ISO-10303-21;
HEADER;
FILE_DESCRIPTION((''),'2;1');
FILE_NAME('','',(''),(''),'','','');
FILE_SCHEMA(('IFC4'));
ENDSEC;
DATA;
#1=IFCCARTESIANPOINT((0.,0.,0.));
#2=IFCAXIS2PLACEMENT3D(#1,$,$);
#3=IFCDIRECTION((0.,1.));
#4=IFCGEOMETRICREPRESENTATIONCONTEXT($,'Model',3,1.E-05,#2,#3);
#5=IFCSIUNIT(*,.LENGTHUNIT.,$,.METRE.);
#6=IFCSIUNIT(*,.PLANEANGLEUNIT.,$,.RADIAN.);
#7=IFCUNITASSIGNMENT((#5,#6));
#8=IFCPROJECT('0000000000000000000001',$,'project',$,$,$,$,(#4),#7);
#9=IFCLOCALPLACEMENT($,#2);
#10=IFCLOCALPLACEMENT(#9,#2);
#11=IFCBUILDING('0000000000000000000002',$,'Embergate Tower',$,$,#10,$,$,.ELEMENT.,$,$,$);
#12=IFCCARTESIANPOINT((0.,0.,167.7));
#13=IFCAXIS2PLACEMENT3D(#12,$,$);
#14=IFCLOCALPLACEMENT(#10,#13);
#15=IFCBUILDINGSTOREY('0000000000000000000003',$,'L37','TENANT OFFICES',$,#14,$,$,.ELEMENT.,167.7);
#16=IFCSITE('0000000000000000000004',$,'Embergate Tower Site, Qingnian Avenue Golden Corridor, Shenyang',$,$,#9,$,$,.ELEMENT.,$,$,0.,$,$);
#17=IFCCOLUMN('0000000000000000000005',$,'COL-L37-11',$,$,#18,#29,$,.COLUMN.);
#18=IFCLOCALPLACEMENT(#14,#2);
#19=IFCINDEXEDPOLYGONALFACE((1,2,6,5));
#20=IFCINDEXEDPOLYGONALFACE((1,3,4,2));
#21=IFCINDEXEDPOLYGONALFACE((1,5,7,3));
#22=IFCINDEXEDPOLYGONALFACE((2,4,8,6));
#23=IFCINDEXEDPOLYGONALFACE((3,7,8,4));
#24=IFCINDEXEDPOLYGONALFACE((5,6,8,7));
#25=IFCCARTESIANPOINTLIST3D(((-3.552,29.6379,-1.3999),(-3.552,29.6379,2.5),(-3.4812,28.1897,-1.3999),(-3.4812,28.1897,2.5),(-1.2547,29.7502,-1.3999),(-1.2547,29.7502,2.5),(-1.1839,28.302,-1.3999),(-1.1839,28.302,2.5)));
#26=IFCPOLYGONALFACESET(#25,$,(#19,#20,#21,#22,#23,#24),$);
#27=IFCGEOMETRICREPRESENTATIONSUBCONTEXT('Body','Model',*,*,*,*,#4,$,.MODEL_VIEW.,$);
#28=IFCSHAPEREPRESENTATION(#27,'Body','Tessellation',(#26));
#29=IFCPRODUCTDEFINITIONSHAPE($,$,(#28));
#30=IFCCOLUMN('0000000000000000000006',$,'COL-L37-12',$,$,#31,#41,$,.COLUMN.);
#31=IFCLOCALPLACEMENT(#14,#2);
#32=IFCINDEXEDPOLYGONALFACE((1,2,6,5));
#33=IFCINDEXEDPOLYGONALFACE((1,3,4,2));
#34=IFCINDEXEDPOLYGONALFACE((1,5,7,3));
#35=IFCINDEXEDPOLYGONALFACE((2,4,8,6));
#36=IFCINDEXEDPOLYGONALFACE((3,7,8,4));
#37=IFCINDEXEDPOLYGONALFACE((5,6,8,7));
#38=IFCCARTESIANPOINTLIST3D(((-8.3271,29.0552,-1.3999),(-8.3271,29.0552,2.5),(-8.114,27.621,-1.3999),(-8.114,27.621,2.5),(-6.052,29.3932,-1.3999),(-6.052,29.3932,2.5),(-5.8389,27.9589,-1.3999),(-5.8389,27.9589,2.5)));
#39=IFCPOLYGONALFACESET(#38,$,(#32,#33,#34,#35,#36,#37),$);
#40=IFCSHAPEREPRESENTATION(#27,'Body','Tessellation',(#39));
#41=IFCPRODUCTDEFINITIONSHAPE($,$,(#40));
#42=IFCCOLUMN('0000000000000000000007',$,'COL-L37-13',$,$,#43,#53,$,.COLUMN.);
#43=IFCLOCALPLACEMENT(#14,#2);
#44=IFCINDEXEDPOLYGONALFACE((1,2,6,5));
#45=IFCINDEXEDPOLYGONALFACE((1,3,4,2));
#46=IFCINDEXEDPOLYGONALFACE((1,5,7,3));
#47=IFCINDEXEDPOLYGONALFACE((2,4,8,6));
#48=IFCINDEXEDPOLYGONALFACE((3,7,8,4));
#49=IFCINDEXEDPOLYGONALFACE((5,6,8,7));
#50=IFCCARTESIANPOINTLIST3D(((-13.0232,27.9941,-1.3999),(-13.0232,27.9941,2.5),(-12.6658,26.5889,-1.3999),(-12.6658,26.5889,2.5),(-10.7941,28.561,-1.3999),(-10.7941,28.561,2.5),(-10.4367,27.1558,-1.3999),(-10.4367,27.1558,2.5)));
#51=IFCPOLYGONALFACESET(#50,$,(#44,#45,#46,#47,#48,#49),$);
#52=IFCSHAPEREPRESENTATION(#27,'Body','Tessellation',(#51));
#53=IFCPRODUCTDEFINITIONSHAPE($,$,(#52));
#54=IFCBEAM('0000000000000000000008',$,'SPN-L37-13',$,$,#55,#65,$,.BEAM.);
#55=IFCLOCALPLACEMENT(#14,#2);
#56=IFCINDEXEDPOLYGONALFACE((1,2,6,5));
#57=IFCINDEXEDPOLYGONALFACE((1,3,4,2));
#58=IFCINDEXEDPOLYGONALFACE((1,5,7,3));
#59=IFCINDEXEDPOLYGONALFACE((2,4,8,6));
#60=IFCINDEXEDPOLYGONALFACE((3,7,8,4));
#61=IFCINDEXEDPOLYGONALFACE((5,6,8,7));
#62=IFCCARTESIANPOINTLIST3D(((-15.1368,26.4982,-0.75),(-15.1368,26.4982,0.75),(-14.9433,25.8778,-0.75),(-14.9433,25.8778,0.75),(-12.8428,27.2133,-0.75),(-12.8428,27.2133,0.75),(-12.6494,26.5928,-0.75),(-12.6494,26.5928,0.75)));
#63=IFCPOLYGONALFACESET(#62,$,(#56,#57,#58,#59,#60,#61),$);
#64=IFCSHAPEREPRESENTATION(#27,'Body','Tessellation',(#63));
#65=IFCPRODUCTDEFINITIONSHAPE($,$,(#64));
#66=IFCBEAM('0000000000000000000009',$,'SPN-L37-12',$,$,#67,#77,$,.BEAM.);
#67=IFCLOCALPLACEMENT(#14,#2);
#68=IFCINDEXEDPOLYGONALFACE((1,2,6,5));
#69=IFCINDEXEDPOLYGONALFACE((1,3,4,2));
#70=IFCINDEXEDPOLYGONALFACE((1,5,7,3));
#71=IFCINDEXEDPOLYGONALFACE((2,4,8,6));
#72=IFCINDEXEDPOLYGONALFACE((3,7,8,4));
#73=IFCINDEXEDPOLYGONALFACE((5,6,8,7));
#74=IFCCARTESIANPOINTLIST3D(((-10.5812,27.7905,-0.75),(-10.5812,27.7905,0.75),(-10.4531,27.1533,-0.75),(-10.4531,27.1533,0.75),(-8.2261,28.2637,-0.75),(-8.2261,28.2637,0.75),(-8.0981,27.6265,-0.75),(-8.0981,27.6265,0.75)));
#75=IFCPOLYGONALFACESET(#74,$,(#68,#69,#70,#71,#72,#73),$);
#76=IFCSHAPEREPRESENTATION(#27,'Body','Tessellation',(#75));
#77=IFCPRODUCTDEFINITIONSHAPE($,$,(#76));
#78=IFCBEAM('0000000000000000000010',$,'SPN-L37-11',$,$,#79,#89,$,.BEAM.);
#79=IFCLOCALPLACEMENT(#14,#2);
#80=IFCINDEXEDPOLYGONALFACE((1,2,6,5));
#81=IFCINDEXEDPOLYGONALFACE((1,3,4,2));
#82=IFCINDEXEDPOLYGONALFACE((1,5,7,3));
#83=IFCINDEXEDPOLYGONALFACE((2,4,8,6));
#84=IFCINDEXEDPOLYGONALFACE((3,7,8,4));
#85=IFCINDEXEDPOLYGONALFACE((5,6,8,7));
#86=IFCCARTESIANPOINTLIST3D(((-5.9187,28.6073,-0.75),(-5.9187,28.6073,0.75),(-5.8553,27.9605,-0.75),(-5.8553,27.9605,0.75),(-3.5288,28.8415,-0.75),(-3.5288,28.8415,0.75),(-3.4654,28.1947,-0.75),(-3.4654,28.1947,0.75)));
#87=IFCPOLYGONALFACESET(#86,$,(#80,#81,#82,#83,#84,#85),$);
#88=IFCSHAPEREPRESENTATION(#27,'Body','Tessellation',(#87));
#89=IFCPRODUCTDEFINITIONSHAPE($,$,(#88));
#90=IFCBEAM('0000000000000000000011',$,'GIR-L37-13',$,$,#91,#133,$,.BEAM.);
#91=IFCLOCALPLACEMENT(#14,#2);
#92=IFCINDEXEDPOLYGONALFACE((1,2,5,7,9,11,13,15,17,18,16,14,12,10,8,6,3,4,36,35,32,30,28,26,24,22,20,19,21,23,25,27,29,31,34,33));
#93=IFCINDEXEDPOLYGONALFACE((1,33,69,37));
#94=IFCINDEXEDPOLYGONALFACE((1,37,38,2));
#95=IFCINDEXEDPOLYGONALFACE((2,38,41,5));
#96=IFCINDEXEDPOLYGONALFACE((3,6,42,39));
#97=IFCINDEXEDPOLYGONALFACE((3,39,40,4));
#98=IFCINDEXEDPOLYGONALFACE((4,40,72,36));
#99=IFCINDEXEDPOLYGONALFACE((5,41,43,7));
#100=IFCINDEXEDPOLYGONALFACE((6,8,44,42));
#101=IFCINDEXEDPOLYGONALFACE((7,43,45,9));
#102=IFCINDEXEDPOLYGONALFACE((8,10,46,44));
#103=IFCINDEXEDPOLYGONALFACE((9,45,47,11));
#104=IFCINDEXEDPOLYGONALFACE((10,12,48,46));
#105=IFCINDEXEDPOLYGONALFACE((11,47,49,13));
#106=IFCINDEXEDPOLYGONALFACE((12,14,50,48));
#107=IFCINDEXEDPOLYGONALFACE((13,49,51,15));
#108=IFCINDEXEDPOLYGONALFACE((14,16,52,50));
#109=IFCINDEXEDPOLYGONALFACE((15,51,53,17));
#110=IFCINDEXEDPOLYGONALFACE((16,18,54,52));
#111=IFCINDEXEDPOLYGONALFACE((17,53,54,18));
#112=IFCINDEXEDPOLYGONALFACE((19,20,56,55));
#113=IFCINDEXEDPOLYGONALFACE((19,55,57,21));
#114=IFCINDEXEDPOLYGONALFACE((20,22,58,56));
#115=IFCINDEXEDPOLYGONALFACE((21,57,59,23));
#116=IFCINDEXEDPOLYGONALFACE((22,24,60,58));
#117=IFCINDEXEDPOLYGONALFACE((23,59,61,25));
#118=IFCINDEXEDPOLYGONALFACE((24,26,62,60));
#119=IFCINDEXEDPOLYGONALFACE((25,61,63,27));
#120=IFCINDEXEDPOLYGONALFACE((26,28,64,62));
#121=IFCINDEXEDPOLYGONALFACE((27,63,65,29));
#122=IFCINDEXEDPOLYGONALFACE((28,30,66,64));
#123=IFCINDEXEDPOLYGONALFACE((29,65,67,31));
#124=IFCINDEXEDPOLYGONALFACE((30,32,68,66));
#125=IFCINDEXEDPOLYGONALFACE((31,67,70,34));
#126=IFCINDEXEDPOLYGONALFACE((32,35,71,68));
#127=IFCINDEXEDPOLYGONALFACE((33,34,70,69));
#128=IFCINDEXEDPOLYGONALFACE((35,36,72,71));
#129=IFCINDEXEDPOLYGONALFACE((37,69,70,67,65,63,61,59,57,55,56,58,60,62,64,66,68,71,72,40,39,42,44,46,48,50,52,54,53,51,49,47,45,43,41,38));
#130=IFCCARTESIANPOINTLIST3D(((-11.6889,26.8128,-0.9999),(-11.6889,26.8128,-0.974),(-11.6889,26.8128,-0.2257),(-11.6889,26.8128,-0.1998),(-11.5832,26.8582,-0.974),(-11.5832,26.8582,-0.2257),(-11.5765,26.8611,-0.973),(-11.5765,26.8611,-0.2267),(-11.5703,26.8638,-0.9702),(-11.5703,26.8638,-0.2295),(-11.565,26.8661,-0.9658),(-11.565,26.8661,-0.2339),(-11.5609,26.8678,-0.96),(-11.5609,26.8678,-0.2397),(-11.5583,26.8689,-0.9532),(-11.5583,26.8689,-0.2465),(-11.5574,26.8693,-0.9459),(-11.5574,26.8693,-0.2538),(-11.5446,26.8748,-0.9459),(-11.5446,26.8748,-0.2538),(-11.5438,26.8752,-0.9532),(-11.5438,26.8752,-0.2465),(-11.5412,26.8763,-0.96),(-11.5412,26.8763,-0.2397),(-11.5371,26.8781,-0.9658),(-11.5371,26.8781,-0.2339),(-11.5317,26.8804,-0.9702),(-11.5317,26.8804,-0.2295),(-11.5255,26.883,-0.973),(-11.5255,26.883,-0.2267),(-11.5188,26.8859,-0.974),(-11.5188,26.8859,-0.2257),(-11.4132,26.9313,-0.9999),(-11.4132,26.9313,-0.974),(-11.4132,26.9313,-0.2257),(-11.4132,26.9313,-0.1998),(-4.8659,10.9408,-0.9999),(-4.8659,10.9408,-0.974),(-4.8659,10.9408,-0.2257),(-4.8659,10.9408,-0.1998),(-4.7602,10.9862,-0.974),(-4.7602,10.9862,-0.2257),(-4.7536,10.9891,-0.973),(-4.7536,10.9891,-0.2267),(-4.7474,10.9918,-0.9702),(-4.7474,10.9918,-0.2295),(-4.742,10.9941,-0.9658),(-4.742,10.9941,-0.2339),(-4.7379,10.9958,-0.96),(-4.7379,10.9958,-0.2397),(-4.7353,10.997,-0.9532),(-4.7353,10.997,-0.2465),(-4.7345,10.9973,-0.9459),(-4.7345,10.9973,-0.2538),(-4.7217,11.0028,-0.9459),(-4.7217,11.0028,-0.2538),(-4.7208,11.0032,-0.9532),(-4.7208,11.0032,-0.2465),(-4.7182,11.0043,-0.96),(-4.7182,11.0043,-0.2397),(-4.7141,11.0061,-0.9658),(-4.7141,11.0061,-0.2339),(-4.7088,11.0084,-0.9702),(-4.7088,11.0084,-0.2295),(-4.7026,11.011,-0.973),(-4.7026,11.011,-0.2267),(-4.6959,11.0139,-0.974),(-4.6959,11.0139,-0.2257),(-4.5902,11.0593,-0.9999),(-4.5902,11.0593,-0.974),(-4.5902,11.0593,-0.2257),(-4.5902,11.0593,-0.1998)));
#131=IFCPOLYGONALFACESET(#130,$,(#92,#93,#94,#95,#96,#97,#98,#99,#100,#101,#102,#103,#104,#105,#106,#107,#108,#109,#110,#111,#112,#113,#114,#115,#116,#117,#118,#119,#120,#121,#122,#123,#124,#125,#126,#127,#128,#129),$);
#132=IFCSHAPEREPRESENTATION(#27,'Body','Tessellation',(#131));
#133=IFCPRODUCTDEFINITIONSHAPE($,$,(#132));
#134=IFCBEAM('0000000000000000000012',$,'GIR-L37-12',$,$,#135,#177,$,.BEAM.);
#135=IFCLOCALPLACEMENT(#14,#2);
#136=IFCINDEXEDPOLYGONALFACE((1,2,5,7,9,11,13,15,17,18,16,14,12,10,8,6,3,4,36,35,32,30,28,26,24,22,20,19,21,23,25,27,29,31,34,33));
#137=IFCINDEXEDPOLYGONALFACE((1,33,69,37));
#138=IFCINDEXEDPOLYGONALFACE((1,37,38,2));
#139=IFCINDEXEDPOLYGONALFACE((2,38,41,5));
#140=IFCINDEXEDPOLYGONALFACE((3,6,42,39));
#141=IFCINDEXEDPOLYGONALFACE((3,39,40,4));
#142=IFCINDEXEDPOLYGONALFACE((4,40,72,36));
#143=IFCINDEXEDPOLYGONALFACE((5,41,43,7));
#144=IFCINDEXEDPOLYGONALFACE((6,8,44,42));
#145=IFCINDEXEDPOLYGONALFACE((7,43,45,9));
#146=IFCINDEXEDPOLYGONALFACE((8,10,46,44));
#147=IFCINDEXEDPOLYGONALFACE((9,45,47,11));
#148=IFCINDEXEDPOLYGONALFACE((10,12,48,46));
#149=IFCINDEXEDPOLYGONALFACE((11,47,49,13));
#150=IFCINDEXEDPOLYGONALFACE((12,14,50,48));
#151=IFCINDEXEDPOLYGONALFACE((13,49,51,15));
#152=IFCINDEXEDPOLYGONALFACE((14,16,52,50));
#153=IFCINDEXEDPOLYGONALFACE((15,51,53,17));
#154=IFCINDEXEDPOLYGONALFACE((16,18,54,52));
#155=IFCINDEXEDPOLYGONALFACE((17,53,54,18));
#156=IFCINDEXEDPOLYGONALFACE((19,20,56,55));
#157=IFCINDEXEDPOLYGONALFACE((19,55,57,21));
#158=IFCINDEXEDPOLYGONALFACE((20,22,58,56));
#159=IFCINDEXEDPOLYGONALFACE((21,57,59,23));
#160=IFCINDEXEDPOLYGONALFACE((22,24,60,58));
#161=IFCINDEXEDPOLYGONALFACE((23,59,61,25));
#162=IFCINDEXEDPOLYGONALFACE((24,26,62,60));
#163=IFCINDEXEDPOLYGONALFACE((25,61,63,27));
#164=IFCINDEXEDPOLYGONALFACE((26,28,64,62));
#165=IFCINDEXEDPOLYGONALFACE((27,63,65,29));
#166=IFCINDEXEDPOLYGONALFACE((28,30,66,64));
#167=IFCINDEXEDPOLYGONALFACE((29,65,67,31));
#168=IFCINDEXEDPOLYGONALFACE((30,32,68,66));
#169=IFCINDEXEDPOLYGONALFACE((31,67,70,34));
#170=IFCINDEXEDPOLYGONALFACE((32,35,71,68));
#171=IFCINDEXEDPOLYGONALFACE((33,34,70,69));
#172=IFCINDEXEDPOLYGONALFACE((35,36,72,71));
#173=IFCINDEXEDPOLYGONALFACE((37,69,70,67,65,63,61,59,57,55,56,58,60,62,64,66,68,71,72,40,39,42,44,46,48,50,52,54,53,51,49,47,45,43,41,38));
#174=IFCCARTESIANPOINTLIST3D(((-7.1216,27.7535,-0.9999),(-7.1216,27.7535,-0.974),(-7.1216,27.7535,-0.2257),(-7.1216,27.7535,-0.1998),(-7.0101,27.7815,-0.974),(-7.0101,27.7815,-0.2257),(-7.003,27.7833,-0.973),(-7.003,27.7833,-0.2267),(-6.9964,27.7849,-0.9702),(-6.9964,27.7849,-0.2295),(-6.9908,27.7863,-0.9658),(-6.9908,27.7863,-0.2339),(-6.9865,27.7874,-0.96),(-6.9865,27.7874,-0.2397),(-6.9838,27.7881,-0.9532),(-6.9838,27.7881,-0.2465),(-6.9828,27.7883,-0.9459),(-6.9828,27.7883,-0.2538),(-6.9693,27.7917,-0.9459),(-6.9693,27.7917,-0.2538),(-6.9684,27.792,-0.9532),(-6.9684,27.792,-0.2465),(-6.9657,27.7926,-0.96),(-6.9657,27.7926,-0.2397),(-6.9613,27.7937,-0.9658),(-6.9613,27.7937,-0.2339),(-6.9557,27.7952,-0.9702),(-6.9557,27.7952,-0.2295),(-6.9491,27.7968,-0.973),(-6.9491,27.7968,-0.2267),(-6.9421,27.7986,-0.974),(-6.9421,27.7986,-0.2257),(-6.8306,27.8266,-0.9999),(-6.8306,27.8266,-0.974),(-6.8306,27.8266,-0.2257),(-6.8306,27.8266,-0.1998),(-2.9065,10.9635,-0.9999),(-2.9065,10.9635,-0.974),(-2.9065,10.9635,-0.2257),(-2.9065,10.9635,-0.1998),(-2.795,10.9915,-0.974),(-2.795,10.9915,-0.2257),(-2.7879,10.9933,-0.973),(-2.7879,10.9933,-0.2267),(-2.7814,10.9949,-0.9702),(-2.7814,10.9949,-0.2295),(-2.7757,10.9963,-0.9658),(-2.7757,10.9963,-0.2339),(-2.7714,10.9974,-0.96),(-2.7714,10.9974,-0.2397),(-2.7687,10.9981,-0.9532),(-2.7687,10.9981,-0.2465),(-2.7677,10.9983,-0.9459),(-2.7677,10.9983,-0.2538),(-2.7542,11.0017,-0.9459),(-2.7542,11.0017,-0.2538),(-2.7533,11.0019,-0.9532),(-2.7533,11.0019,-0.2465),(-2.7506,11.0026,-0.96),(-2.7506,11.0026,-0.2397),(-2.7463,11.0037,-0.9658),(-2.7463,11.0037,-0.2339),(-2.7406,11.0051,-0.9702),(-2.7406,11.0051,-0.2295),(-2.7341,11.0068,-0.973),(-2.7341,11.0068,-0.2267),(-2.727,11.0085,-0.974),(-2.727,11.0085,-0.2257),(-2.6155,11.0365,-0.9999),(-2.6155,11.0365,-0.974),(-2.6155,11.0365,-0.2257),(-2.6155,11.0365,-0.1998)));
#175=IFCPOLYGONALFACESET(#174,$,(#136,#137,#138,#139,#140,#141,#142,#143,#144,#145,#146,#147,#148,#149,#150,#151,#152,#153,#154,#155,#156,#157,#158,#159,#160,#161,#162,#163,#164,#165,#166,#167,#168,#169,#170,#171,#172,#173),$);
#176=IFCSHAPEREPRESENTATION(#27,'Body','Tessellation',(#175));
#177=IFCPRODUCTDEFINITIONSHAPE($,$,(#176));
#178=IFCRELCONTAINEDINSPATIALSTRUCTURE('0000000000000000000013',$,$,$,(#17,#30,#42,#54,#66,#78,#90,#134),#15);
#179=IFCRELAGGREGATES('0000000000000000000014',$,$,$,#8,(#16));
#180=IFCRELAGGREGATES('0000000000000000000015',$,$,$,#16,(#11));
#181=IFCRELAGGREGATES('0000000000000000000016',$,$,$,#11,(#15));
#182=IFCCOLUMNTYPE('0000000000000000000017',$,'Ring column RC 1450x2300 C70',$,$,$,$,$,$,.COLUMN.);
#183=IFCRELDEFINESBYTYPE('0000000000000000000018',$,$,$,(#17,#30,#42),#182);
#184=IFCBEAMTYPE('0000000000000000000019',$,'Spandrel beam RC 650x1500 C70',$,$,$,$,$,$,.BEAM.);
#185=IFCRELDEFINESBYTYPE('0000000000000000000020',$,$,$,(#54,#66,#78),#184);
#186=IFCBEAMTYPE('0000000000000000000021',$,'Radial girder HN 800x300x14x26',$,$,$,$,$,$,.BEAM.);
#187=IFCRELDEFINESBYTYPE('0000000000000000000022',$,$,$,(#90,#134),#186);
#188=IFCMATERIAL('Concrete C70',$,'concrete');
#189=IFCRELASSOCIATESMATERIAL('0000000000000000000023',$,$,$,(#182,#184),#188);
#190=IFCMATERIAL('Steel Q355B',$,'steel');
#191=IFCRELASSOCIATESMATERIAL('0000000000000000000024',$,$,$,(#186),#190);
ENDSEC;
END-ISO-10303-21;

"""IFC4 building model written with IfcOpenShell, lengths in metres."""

from ifc_helpers import new_model, si_unit, direction, frame, origin, origin_2d, place, context, subcontext, project, spatial, rectangle, i_section, extrude, source, transform, mapped, material, material_profile, profile_set, type_object, element, save


model = new_model("IFC4")

# Units and contexts
model_context = context("Model", 3, precision=1e-05, world=origin(), true_north=direction((0.0, 1.0)))
body_context = subcontext(model_context, "Body", "Model", "MODEL_VIEW")
ifc_project = project(units=[si_unit("LENGTHUNIT", "METRE"), si_unit("PLANEANGLEUNIT", "RADIAN")], contexts=[model_context])

# Site, building, storey
site_placement = place(None, origin())
site = spatial("IfcSite", under=ifc_project, at=site_placement, Name="Embergate Tower Site, Qingnian Avenue Golden Corridor, Shenyang", CompositionType="ELEMENT", RefElevation=0.0)
building_placement = place(site_placement, origin())
building = spatial("IfcBuilding", under=site, at=building_placement, Name="Embergate Tower", CompositionType="ELEMENT")
storey_placement = place(building_placement, frame((0.0, 0.0, 167.7)))
storey = spatial("IfcBuildingStorey", under=building, at=storey_placement, Name="L37", Description="TENANT OFFICES", CompositionType="ELEMENT", Elevation=167.7)

# Columns
ifc_material_1 = material(Name="Concrete C70", Category="concrete")
ifc_material_profile_1 = material_profile(ifc_material_1, rectangle(XDim=1.45, YDim=2.3, at=origin_2d()), Name="RC 1450x2300")
ifc_profile_set_1 = profile_set([ifc_material_profile_1], Name="Concrete C70")
column_type = type_object("IfcColumnType", Name="Ring column RC 1450x2300 C70", PredefinedType="COLUMN", material=ifc_profile_set_1)
shared_shape_1 = source(origin(), body_context, "Body", "SweptSolid", [
    extrude(rectangle(XDim=1.45, YDim=2.3, at=origin_2d()), origin(), (0.0, 0.0, 1.0), 3.8999),
])
for number, where, z_axis, x_axis, name in (
    (1, (-2.3679, 28.97, -1.3999), (0.0, 0.0, 1.0), (-0.048815, 0.998808, 0.0), "COL-L37-11"),
    (2, (-7.083, 28.5071, -1.3999), (0.0, 0.0, 1.0), (-0.146929, 0.989147, 0.0), "COL-L37-12"),
    (3, (-11.73, 27.575, -1.3999), (0.0, 0.0, 1.0), (-0.246492, 0.969145, 0.0), "COL-L37-13"),
):
    element("IfcColumn", number, at=place(storey_placement, frame(where, z_axis=z_axis, x_axis=x_axis)), inside=storey, type_object=column_type, Name=name, PredefinedType="COLUMN", context=body_context, shape_type="MappedRepresentation", body=[
        mapped(shared_shape_1, transform((0.0, 0.0, 0.0))),
    ])

# Beams
ifc_material_profile_2 = material_profile(ifc_material_1, rectangle(XDim=0.6499, YDim=1.5, at=origin_2d()), Name="RC 650x1500")
ifc_profile_set_2 = profile_set([ifc_material_profile_2], Name="Concrete C70")
beam_type_1 = type_object("IfcBeamType", Name="Spandrel beam RC 650x1500 C70", PredefinedType="BEAM", material=ifc_profile_set_2)
shared_shape_2 = source(origin(), body_context, "Body", "SweptSolid", [
    extrude(rectangle(XDim=0.6499, YDim=1.5, at=origin_2d()), origin(), (0.0, 0.0, 1.0), 2.4028),
])
beam_1_placement = place(storey_placement, frame((-12.7461, 26.9031, 0.0), z_axis=(-0.954689, -0.297604, 0.0), x_axis=(0.297604, -0.954689, 0.0)))
element("IfcBeam", 4, at=beam_1_placement, inside=storey, type_object=beam_type_1, Name="SPN-L37-13", PredefinedType="BEAM", context=body_context, shape_type="MappedRepresentation", body=[
    mapped(shared_shape_2, transform((0.0, 0.0, 0.0))),
])
shared_shape_3 = source(origin(), body_context, "Body", "SweptSolid", [
    extrude(rectangle(XDim=0.6499, YDim=1.5, at=origin_2d()), origin(), (0.0, 0.0, 1.0), 2.4021),
])
beam_2_placement = place(storey_placement, frame((-8.1621, 27.9451, 0.0), z_axis=(-0.980408, -0.196976, 0.0), x_axis=(0.196976, -0.980408, 0.0)))
element("IfcBeam", 5, at=beam_2_placement, inside=storey, type_object=beam_type_1, Name="SPN-L37-12", PredefinedType="BEAM", context=body_context, shape_type="MappedRepresentation", body=[
    mapped(shared_shape_3, transform((0.0, 0.0, 0.0))),
])
shared_shape_4 = source(origin(), body_context, "Body", "SweptSolid", [
    extrude(rectangle(XDim=0.6499, YDim=1.5, at=origin_2d()), origin(), (0.0, 0.0, 1.0), 2.4014),
])
beam_3_placement = place(storey_placement, frame((-3.4971, 28.5181, 0.0), z_axis=(-0.995235, -0.0975, 0.0), x_axis=(0.0975, -0.995235, 0.0)))
element("IfcBeam", 6, at=beam_3_placement, inside=storey, type_object=beam_type_1, Name="SPN-L37-11", PredefinedType="BEAM", context=body_context, shape_type="MappedRepresentation", body=[
    mapped(shared_shape_4, transform((0.0, 0.0, 0.0))),
])
ifc_material_2 = material(Name="Steel Q355B", Category="steel")
ifc_material_profile_3 = material_profile(ifc_material_2, i_section(OverallWidth=0.3, OverallDepth=0.8, WebThickness=0.0139, FlangeThickness=0.0259, FilletRadius=0.0281, at=origin_2d()), Name="HN 800x300x14x26")
ifc_profile_set_3 = profile_set([ifc_material_profile_3], Name="Steel Q355 grade B")
beam_type_2 = type_object("IfcBeamType", Name="Radial girder HN 800x300x14x26", PredefinedType="BEAM", material=ifc_profile_set_3)
shared_shape_5 = source(origin(), body_context, "Body", "SweptSolid", [
    extrude(i_section(OverallWidth=0.3, OverallDepth=0.8, WebThickness=0.0139, FlangeThickness=0.0259, FilletRadius=0.0281, at=origin_2d()), origin(), (0.0, 0.0, 1.0), 17.2764),
])
beam_4_placement = place(storey_placement, frame((-11.551, 26.8721, -0.5999), z_axis=(0.39493, -0.918711, 0.0), x_axis=(0.918711, 0.39493, 0.0)))
element("IfcBeam", 7, at=beam_4_placement, inside=storey, type_object=beam_type_2, Name="GIR-L37-13", PredefinedType="BEAM", context=body_context, shape_type="MappedRepresentation", body=[
    mapped(shared_shape_5, transform((0.0, 0.0, 0.0))),
])
shared_shape_6 = source(origin(), body_context, "Body", "SweptSolid", [
    extrude(i_section(OverallWidth=0.3, OverallDepth=0.8, WebThickness=0.0139, FlangeThickness=0.0259, FilletRadius=0.0281, at=origin_2d()), origin(), (0.0, 0.0, 1.0), 17.311),
])
beam_5_placement = place(storey_placement, frame((-6.9761, 27.79, -0.5999), z_axis=(0.243491, -0.969903, 0.0), x_axis=(0.969903, 0.243491, 0.0)))
element("IfcBeam", 8, at=beam_5_placement, inside=storey, type_object=beam_type_2, Name="GIR-L37-12", PredefinedType="BEAM", context=body_context, shape_type="MappedRepresentation", body=[
    mapped(shared_shape_6, transform((0.0, 0.0, 0.0))),
])

save(model, "model.ifc")
